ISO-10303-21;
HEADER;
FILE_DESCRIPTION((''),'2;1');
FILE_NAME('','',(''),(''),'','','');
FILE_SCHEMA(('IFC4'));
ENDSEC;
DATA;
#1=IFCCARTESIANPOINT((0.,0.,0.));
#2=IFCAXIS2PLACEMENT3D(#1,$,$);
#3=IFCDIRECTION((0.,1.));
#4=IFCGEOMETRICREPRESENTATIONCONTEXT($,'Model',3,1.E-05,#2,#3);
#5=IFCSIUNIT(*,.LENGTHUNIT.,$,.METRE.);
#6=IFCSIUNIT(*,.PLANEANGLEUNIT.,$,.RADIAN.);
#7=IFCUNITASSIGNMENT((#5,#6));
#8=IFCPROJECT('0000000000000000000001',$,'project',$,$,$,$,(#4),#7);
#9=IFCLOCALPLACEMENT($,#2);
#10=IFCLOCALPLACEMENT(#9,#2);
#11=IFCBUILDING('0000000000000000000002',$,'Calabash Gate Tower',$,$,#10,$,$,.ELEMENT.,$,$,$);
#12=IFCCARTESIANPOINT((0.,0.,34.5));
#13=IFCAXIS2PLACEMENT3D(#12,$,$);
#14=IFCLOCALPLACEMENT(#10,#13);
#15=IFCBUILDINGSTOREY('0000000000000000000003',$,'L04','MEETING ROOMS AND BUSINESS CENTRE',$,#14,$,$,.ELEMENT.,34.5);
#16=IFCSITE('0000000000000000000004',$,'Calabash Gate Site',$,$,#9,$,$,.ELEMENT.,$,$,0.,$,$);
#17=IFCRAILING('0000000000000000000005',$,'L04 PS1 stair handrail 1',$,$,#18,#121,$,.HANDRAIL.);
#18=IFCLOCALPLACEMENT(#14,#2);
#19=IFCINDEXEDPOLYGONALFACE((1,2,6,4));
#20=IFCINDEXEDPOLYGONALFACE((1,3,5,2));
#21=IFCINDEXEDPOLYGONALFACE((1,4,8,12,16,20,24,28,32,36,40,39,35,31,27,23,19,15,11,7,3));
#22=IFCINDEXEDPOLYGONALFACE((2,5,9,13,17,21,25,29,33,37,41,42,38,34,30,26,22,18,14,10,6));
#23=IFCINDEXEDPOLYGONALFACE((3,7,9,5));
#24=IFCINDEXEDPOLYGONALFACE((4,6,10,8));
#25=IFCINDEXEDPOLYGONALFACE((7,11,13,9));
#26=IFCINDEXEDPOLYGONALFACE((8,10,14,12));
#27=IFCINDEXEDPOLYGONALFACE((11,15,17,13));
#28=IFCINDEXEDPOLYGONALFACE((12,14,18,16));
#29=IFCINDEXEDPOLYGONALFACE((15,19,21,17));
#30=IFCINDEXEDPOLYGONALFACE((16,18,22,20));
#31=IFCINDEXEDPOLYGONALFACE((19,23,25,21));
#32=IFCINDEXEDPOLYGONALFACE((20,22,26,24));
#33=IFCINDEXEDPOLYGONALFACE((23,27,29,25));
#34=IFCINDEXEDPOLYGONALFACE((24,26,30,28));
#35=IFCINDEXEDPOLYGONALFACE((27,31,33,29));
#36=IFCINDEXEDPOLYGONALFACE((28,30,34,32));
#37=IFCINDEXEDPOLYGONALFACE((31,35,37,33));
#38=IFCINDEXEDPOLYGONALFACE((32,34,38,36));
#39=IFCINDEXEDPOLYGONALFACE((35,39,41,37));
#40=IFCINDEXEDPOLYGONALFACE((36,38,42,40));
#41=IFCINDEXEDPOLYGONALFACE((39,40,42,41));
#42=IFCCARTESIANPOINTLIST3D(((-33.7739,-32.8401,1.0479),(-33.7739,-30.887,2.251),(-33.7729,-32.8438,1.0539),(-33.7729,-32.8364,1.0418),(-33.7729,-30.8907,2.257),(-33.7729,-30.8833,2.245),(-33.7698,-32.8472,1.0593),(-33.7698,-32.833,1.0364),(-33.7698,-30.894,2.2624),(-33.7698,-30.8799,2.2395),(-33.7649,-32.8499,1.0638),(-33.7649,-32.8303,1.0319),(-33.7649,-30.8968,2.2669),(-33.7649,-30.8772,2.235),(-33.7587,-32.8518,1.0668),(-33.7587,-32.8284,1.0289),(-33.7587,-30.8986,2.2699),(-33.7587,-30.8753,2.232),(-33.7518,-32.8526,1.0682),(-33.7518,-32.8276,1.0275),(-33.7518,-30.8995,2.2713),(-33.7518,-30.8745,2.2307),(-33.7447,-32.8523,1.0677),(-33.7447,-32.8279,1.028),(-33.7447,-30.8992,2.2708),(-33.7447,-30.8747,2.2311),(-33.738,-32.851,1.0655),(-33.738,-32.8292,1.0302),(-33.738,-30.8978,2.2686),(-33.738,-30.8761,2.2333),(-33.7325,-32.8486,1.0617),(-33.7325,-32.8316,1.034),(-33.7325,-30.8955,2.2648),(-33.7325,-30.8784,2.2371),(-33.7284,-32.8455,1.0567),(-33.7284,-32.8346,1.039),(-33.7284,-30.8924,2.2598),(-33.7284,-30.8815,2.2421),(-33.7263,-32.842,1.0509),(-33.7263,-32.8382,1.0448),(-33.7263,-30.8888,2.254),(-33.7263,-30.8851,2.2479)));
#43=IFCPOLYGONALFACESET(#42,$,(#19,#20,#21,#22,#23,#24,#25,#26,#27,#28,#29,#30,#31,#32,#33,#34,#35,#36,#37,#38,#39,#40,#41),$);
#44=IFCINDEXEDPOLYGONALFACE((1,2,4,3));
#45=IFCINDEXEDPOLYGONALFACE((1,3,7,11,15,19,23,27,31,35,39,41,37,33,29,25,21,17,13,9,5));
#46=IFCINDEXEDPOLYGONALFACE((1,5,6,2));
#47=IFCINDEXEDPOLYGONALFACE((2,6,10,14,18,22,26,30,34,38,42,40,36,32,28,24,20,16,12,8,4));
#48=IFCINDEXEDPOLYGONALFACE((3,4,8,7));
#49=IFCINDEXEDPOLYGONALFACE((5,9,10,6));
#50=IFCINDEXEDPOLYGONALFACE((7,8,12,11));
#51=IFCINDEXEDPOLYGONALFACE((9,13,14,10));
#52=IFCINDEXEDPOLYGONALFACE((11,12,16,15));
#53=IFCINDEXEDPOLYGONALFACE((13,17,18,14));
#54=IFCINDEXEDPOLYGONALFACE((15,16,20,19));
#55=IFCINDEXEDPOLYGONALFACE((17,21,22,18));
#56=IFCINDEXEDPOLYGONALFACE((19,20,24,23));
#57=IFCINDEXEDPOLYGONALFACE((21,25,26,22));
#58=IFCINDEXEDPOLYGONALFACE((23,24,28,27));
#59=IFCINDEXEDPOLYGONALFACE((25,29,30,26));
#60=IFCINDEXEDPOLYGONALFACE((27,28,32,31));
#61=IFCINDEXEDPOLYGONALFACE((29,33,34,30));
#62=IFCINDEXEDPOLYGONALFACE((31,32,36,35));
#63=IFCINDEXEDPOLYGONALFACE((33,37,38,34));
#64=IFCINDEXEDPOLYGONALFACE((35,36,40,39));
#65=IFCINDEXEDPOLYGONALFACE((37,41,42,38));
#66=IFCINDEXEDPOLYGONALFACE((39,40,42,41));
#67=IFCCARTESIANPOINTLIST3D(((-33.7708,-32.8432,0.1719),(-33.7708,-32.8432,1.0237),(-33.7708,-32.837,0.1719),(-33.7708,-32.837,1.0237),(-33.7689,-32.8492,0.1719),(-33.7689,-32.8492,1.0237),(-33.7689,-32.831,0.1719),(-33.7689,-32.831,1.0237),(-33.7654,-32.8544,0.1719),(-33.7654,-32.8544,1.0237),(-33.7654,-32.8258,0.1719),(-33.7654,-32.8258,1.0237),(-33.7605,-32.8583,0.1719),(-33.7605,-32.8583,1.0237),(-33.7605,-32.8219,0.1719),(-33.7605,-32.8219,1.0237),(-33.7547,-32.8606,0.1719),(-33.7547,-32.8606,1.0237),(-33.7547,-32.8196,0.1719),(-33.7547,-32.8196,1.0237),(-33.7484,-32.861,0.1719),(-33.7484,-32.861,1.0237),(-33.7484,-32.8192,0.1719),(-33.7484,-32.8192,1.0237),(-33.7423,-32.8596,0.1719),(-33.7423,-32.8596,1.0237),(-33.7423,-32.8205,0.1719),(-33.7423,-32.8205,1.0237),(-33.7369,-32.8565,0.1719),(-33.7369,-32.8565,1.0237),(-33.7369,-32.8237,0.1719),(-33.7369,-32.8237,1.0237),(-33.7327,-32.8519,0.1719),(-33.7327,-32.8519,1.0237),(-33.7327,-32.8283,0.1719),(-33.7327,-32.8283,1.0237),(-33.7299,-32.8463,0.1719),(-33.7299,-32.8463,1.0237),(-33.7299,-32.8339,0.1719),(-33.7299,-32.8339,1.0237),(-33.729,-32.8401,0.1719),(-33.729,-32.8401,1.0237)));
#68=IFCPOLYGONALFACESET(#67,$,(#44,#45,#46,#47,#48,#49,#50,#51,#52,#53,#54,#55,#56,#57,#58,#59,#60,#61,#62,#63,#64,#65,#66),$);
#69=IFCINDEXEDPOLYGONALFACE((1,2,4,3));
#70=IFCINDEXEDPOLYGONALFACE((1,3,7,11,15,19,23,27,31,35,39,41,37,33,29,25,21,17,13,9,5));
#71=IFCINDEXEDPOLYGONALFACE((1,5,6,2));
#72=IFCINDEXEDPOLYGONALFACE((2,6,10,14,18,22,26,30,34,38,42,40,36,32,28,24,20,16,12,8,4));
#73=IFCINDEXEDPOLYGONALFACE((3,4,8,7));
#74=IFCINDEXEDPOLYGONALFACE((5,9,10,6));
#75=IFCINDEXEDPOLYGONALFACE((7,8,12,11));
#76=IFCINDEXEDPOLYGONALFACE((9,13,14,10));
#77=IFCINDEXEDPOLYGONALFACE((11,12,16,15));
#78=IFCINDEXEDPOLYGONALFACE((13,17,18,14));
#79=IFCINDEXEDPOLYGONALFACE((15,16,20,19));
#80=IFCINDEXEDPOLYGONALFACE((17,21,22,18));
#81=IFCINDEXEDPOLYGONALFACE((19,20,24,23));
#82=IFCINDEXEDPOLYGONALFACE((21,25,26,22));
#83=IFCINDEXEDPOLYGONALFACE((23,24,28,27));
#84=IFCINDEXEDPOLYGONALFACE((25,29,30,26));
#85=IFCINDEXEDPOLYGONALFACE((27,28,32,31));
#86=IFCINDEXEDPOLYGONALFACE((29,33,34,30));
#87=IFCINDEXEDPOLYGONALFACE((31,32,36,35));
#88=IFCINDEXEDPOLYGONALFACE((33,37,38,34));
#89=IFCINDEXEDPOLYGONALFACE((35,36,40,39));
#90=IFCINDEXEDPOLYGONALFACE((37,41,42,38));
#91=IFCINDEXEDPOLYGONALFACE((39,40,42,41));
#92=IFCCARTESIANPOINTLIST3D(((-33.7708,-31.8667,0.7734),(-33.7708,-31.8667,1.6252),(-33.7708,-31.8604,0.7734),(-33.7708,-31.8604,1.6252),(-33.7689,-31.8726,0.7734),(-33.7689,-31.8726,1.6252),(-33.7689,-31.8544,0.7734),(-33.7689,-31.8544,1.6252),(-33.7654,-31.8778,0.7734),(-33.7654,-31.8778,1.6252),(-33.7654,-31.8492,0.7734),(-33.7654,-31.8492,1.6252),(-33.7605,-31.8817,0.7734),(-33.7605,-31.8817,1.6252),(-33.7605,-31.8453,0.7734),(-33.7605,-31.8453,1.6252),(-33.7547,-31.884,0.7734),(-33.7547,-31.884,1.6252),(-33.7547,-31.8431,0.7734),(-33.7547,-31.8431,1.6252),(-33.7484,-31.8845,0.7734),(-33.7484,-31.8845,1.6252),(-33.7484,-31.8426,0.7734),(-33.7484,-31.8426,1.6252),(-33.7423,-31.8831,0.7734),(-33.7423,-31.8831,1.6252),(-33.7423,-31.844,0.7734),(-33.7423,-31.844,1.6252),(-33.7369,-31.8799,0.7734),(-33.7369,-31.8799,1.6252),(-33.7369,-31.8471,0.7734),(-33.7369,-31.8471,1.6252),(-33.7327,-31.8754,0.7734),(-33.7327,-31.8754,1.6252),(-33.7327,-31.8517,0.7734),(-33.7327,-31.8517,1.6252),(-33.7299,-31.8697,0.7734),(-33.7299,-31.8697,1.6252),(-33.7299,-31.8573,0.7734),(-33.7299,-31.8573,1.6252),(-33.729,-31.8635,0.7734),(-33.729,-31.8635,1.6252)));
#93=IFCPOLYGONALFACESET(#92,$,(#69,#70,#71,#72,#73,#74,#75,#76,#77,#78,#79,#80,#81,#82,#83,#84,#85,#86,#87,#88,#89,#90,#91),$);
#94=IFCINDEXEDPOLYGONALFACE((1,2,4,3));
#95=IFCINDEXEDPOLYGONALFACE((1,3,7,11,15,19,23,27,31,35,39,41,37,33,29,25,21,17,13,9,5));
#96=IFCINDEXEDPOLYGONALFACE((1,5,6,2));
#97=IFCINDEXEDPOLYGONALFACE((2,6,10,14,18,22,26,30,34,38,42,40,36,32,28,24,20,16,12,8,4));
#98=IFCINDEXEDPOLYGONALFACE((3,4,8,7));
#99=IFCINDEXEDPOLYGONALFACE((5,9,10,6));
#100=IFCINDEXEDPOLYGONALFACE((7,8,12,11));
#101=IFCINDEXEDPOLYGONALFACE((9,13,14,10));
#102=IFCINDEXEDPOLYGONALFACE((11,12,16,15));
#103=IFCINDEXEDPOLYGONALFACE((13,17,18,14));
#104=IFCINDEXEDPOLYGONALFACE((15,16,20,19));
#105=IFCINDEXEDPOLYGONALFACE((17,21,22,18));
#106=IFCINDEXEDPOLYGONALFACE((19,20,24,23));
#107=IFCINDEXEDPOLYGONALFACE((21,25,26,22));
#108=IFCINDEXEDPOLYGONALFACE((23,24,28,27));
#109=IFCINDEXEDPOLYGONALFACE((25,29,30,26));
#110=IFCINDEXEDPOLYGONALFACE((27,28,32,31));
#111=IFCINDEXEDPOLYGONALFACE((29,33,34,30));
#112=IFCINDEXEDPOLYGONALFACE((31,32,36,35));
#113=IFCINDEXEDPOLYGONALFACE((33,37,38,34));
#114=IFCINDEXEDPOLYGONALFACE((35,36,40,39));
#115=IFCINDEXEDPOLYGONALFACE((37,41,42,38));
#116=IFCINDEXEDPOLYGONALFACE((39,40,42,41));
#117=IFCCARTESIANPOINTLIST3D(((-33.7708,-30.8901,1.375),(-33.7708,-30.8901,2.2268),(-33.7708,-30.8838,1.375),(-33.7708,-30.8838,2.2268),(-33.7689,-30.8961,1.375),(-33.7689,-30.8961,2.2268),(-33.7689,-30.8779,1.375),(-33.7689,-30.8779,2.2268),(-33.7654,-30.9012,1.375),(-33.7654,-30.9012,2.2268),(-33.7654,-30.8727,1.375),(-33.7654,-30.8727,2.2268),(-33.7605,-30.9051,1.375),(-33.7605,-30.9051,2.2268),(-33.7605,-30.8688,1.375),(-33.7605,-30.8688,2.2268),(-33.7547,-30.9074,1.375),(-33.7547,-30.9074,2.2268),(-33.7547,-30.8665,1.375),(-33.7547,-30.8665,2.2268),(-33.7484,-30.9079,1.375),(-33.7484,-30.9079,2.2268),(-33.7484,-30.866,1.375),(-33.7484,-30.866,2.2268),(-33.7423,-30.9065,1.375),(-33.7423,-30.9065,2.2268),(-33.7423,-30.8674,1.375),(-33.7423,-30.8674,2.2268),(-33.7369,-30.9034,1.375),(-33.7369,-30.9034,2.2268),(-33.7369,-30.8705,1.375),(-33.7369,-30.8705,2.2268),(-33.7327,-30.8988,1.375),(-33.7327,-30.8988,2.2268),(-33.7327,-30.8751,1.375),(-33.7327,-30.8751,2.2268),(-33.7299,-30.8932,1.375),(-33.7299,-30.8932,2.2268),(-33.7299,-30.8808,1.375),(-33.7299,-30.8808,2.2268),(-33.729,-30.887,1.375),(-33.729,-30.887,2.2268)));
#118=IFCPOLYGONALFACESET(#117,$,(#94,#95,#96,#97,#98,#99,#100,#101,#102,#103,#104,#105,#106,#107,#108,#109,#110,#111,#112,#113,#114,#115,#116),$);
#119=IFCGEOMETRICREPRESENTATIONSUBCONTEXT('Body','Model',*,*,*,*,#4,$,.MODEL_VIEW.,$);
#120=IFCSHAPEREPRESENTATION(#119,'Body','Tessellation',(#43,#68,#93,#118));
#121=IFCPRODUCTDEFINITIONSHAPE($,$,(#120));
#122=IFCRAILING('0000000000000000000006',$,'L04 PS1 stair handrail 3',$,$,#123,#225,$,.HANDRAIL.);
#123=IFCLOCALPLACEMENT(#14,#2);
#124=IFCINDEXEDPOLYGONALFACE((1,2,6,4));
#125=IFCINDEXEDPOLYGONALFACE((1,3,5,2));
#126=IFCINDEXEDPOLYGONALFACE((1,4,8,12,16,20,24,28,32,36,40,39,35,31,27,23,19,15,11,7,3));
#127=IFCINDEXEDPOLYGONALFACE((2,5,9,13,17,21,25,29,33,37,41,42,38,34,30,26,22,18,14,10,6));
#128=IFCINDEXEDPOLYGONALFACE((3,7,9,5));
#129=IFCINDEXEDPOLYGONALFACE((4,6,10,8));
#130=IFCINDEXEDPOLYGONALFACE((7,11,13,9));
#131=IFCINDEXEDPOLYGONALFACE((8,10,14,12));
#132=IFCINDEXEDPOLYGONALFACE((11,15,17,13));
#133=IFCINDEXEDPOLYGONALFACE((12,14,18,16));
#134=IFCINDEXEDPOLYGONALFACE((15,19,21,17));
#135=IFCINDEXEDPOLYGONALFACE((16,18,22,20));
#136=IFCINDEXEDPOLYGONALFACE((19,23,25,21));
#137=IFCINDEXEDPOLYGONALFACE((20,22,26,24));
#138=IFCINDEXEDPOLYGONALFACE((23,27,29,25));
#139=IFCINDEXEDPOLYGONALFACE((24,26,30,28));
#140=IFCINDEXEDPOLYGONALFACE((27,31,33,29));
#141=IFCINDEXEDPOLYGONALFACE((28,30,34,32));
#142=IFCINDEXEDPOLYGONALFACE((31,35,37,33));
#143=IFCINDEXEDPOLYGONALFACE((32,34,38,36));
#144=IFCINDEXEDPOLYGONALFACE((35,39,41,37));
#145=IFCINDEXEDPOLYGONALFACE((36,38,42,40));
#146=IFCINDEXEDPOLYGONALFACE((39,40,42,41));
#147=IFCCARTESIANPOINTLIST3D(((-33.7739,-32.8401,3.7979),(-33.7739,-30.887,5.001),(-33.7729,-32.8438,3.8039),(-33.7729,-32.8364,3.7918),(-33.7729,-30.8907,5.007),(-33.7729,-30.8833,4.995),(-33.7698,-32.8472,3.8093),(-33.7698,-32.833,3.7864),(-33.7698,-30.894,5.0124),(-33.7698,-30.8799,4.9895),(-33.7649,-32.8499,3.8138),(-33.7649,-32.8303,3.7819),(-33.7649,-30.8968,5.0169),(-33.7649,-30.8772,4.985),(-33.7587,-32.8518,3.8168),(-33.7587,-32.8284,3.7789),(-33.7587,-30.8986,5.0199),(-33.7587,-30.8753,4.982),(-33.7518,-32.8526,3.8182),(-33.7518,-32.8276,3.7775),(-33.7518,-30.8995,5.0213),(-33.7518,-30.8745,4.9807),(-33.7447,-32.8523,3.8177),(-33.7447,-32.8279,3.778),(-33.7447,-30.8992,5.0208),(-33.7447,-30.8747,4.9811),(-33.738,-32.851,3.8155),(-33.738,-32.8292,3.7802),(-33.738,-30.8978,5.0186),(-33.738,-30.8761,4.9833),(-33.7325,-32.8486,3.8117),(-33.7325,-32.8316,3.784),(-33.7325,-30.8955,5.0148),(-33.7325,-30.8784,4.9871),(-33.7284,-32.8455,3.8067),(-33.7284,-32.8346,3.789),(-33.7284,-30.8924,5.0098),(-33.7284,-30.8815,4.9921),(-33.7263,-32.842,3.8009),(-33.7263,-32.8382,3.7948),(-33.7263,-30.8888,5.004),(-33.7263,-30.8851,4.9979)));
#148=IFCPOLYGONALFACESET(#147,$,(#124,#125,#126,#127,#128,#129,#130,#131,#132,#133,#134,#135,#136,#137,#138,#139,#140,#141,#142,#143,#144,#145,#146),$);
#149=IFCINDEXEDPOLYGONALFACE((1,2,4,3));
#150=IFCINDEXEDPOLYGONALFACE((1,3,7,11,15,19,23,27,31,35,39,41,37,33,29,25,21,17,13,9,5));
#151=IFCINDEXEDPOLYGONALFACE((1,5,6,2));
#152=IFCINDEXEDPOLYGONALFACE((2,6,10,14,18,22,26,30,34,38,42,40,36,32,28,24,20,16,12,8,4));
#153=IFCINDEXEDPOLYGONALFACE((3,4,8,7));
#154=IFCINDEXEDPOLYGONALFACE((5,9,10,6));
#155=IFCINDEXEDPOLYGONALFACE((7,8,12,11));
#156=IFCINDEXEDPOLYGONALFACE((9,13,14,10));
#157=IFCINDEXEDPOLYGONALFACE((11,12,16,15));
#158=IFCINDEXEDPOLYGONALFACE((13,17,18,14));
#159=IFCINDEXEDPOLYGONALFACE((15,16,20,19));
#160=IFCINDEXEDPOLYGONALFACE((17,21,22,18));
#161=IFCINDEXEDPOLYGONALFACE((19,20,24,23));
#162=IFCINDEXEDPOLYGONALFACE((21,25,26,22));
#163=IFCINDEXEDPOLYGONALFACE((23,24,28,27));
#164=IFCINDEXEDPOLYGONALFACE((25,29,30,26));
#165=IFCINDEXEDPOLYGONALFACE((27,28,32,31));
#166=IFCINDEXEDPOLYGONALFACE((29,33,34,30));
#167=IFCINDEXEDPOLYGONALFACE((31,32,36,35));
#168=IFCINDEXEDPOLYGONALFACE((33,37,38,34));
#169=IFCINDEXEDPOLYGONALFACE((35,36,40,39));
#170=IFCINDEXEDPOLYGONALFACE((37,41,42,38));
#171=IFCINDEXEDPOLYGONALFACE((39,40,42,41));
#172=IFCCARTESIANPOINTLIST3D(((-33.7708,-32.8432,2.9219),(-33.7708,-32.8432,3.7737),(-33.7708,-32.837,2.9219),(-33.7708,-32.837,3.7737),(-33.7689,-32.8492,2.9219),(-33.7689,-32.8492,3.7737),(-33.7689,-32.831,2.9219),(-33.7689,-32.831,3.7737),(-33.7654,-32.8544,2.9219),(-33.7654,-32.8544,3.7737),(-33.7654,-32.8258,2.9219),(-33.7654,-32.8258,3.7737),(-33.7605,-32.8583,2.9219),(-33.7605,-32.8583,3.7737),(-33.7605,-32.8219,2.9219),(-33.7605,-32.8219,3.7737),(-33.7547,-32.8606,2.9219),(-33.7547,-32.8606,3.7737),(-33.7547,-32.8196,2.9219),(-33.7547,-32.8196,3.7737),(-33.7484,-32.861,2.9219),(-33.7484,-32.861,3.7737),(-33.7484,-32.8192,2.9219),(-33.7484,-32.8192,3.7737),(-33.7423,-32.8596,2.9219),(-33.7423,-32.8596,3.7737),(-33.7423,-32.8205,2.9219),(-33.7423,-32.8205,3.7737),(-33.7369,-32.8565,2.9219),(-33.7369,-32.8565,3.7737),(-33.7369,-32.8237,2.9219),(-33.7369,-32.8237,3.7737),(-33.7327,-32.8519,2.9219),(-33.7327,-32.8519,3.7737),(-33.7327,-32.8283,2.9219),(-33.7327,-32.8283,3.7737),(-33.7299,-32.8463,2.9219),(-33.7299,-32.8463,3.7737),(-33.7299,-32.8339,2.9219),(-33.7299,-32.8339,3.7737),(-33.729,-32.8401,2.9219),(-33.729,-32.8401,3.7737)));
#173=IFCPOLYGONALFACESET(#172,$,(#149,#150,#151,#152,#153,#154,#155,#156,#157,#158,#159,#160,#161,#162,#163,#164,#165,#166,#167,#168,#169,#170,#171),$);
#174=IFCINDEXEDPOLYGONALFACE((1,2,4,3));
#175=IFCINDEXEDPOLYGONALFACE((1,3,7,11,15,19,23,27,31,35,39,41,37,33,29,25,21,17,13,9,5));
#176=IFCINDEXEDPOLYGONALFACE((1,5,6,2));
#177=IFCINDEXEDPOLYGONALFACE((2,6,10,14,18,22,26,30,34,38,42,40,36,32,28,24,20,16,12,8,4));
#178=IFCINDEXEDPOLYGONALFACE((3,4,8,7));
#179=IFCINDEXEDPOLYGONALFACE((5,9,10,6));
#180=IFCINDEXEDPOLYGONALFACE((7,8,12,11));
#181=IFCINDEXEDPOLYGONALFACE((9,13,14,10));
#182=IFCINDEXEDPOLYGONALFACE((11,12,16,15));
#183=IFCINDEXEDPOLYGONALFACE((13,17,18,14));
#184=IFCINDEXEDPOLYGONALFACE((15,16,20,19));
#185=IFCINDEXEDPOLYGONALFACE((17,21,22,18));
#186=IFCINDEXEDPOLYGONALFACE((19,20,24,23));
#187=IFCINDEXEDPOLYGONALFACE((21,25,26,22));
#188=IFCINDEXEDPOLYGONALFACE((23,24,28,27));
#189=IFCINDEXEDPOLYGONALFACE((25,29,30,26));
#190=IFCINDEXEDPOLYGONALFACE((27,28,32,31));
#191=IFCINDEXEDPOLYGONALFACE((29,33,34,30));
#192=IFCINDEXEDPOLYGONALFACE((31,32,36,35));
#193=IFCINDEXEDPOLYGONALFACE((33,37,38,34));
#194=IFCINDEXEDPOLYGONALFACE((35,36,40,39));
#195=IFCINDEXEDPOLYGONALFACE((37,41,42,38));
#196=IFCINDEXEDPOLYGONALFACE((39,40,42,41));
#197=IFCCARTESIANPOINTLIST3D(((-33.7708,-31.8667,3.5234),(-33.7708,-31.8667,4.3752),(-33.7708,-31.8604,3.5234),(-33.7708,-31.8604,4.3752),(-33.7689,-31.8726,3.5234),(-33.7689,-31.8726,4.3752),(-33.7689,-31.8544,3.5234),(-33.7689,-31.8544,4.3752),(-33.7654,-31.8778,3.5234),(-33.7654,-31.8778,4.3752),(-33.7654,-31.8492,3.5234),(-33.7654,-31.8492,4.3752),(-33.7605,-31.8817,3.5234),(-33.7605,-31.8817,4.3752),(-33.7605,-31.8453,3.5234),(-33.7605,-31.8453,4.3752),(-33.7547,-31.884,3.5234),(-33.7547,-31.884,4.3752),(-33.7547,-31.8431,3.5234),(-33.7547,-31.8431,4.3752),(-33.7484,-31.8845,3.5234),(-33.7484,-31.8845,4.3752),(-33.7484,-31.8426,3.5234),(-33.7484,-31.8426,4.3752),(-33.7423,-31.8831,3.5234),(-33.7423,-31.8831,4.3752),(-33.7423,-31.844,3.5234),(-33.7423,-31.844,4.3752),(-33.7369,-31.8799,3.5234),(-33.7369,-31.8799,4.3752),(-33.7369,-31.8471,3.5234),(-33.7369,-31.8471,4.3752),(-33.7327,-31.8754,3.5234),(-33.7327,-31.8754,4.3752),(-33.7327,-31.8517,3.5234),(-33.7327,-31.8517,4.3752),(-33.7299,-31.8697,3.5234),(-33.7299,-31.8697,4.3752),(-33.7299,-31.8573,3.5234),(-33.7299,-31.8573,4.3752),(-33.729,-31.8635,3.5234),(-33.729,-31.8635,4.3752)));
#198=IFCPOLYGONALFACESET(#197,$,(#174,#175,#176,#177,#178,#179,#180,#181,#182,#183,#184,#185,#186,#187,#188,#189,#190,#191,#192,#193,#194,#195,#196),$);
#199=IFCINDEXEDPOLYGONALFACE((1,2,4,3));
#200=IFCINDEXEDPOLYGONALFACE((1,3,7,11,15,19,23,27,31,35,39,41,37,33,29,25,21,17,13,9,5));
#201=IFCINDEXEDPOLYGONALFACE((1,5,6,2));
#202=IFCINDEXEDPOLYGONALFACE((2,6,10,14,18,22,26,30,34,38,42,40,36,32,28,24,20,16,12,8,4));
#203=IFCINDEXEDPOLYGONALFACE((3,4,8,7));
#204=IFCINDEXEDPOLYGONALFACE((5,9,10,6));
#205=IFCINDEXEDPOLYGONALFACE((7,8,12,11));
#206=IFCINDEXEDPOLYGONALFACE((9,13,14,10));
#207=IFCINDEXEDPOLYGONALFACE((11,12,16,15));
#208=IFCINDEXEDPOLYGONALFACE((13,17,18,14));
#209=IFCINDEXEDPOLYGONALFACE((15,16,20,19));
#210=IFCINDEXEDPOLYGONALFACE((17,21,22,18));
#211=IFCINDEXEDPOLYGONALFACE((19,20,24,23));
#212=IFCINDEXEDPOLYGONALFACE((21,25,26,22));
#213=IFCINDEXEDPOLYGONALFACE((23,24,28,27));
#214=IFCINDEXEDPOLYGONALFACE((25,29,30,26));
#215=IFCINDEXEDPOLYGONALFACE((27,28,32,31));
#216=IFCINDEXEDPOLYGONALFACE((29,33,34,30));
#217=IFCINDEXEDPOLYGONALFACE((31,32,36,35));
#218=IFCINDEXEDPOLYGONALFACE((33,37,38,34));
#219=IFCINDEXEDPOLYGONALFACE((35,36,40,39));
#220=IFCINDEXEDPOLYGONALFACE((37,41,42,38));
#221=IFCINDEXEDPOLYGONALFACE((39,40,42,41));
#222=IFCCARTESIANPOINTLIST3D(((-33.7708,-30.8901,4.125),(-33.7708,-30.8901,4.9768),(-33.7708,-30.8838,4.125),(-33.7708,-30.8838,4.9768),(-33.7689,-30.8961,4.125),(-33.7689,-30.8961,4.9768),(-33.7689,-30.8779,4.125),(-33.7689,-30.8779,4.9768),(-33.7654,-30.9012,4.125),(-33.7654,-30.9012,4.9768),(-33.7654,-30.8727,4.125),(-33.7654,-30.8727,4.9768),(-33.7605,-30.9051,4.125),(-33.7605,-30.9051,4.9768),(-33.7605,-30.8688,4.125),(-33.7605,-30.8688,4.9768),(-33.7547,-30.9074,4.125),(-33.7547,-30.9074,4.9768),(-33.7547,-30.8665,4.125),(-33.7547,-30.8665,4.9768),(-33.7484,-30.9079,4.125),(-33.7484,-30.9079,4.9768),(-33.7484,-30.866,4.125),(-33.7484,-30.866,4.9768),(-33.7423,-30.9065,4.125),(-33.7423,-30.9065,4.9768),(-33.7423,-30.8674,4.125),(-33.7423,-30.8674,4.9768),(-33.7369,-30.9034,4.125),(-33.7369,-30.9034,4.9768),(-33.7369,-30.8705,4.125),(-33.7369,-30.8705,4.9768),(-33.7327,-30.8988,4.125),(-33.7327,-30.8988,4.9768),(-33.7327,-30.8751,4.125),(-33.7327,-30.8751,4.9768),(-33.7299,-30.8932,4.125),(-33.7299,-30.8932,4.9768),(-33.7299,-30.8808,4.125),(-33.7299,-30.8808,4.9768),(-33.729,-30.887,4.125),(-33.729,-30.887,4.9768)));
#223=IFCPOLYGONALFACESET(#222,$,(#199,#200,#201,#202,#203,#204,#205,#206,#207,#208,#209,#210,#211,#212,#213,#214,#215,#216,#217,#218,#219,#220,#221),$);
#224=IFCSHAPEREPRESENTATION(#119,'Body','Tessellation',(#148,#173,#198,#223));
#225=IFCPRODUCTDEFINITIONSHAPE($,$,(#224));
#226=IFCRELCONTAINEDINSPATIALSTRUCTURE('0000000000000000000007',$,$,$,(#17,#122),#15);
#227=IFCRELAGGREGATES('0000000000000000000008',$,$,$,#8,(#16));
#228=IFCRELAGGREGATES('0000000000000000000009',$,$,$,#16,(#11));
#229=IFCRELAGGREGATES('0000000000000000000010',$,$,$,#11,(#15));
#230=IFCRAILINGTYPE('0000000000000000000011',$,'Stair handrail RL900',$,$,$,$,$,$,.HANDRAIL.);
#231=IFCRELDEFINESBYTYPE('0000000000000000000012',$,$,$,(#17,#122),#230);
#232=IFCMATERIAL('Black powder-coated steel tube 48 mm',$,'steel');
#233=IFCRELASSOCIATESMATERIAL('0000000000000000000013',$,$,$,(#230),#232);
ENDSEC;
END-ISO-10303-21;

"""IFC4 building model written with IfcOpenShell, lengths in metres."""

from ifc_helpers import new_model, si_unit, direction, frame, origin, origin_2d, place, context, subcontext, project, spatial, circle, extrude, material, type_object, element, save


model = new_model("IFC4")

# Units and contexts
model_context = context("Model", 3, precision=1e-05, world=origin(), true_north=direction((0.0, 1.0)))
body_context = subcontext(model_context, "Body", "Model", "MODEL_VIEW")
ifc_project = project(units=[si_unit("LENGTHUNIT", "METRE"), si_unit("PLANEANGLEUNIT", "RADIAN")], contexts=[model_context])

# Site, building, storey
site_placement = place(None, origin())
site = spatial("IfcSite", under=ifc_project, at=site_placement, Name="Calabash Gate Site", CompositionType="ELEMENT", RefElevation=0.0)
building_placement = place(site_placement, origin())
building = spatial("IfcBuilding", under=site, at=building_placement, Name="Calabash Gate Tower", CompositionType="ELEMENT")
storey_placement = place(building_placement, frame((0.0, 0.0, 34.5)))
storey = spatial("IfcBuildingStorey", under=building, at=storey_placement, Name="L04", Description="MEETING ROOMS AND BUSINESS CENTRE", CompositionType="ELEMENT", Elevation=34.5)

# Railings
ifc_material_1 = material(Name="Black powder-coated steel tube 48 mm", Category="steel")
railing_type_1 = type_object("IfcRailingType", Name="Stair handrail RL900", PredefinedType="HANDRAIL", material=ifc_material_1)
for number, where, name in (
    (1, (-33.75, -32.8401, 0.1719), "L04 PS1 stair handrail 1"),
    (2, (-33.75, -32.8401, 2.9219), "L04 PS1 stair handrail 3"),
):
    element("IfcRailing", number, at=place(storey_placement, frame(where)), inside=storey, type_object=railing_type_1, Name=name, PredefinedType="HANDRAIL", context=body_context, shape_type="SweptSolid", body=[
        extrude(circle(Radius=0.0239, at=origin_2d()), frame((0.0, 0.0, 0.876), z_axis=(0.0, 0.851424, 0.524477), x_axis=(-1.0, 0.0, 0.0)), (0.0, 0.0, 1.0), 2.2939),
        extrude(circle(Radius=0.021, at=origin_2d()), origin(), (0.0, 0.0, 1.0), 0.8518),
        extrude(circle(Radius=0.021, at=origin_2d()), frame((0.0, 0.9766, 0.6016)), (0.0, 0.0, 1.0), 0.8518),
        extrude(circle(Radius=0.021, at=origin_2d()), frame((0.0, 1.9531, 1.2031)), (0.0, 0.0, 1.0), 0.8518),
    ])

save(model, "model.ifc")
